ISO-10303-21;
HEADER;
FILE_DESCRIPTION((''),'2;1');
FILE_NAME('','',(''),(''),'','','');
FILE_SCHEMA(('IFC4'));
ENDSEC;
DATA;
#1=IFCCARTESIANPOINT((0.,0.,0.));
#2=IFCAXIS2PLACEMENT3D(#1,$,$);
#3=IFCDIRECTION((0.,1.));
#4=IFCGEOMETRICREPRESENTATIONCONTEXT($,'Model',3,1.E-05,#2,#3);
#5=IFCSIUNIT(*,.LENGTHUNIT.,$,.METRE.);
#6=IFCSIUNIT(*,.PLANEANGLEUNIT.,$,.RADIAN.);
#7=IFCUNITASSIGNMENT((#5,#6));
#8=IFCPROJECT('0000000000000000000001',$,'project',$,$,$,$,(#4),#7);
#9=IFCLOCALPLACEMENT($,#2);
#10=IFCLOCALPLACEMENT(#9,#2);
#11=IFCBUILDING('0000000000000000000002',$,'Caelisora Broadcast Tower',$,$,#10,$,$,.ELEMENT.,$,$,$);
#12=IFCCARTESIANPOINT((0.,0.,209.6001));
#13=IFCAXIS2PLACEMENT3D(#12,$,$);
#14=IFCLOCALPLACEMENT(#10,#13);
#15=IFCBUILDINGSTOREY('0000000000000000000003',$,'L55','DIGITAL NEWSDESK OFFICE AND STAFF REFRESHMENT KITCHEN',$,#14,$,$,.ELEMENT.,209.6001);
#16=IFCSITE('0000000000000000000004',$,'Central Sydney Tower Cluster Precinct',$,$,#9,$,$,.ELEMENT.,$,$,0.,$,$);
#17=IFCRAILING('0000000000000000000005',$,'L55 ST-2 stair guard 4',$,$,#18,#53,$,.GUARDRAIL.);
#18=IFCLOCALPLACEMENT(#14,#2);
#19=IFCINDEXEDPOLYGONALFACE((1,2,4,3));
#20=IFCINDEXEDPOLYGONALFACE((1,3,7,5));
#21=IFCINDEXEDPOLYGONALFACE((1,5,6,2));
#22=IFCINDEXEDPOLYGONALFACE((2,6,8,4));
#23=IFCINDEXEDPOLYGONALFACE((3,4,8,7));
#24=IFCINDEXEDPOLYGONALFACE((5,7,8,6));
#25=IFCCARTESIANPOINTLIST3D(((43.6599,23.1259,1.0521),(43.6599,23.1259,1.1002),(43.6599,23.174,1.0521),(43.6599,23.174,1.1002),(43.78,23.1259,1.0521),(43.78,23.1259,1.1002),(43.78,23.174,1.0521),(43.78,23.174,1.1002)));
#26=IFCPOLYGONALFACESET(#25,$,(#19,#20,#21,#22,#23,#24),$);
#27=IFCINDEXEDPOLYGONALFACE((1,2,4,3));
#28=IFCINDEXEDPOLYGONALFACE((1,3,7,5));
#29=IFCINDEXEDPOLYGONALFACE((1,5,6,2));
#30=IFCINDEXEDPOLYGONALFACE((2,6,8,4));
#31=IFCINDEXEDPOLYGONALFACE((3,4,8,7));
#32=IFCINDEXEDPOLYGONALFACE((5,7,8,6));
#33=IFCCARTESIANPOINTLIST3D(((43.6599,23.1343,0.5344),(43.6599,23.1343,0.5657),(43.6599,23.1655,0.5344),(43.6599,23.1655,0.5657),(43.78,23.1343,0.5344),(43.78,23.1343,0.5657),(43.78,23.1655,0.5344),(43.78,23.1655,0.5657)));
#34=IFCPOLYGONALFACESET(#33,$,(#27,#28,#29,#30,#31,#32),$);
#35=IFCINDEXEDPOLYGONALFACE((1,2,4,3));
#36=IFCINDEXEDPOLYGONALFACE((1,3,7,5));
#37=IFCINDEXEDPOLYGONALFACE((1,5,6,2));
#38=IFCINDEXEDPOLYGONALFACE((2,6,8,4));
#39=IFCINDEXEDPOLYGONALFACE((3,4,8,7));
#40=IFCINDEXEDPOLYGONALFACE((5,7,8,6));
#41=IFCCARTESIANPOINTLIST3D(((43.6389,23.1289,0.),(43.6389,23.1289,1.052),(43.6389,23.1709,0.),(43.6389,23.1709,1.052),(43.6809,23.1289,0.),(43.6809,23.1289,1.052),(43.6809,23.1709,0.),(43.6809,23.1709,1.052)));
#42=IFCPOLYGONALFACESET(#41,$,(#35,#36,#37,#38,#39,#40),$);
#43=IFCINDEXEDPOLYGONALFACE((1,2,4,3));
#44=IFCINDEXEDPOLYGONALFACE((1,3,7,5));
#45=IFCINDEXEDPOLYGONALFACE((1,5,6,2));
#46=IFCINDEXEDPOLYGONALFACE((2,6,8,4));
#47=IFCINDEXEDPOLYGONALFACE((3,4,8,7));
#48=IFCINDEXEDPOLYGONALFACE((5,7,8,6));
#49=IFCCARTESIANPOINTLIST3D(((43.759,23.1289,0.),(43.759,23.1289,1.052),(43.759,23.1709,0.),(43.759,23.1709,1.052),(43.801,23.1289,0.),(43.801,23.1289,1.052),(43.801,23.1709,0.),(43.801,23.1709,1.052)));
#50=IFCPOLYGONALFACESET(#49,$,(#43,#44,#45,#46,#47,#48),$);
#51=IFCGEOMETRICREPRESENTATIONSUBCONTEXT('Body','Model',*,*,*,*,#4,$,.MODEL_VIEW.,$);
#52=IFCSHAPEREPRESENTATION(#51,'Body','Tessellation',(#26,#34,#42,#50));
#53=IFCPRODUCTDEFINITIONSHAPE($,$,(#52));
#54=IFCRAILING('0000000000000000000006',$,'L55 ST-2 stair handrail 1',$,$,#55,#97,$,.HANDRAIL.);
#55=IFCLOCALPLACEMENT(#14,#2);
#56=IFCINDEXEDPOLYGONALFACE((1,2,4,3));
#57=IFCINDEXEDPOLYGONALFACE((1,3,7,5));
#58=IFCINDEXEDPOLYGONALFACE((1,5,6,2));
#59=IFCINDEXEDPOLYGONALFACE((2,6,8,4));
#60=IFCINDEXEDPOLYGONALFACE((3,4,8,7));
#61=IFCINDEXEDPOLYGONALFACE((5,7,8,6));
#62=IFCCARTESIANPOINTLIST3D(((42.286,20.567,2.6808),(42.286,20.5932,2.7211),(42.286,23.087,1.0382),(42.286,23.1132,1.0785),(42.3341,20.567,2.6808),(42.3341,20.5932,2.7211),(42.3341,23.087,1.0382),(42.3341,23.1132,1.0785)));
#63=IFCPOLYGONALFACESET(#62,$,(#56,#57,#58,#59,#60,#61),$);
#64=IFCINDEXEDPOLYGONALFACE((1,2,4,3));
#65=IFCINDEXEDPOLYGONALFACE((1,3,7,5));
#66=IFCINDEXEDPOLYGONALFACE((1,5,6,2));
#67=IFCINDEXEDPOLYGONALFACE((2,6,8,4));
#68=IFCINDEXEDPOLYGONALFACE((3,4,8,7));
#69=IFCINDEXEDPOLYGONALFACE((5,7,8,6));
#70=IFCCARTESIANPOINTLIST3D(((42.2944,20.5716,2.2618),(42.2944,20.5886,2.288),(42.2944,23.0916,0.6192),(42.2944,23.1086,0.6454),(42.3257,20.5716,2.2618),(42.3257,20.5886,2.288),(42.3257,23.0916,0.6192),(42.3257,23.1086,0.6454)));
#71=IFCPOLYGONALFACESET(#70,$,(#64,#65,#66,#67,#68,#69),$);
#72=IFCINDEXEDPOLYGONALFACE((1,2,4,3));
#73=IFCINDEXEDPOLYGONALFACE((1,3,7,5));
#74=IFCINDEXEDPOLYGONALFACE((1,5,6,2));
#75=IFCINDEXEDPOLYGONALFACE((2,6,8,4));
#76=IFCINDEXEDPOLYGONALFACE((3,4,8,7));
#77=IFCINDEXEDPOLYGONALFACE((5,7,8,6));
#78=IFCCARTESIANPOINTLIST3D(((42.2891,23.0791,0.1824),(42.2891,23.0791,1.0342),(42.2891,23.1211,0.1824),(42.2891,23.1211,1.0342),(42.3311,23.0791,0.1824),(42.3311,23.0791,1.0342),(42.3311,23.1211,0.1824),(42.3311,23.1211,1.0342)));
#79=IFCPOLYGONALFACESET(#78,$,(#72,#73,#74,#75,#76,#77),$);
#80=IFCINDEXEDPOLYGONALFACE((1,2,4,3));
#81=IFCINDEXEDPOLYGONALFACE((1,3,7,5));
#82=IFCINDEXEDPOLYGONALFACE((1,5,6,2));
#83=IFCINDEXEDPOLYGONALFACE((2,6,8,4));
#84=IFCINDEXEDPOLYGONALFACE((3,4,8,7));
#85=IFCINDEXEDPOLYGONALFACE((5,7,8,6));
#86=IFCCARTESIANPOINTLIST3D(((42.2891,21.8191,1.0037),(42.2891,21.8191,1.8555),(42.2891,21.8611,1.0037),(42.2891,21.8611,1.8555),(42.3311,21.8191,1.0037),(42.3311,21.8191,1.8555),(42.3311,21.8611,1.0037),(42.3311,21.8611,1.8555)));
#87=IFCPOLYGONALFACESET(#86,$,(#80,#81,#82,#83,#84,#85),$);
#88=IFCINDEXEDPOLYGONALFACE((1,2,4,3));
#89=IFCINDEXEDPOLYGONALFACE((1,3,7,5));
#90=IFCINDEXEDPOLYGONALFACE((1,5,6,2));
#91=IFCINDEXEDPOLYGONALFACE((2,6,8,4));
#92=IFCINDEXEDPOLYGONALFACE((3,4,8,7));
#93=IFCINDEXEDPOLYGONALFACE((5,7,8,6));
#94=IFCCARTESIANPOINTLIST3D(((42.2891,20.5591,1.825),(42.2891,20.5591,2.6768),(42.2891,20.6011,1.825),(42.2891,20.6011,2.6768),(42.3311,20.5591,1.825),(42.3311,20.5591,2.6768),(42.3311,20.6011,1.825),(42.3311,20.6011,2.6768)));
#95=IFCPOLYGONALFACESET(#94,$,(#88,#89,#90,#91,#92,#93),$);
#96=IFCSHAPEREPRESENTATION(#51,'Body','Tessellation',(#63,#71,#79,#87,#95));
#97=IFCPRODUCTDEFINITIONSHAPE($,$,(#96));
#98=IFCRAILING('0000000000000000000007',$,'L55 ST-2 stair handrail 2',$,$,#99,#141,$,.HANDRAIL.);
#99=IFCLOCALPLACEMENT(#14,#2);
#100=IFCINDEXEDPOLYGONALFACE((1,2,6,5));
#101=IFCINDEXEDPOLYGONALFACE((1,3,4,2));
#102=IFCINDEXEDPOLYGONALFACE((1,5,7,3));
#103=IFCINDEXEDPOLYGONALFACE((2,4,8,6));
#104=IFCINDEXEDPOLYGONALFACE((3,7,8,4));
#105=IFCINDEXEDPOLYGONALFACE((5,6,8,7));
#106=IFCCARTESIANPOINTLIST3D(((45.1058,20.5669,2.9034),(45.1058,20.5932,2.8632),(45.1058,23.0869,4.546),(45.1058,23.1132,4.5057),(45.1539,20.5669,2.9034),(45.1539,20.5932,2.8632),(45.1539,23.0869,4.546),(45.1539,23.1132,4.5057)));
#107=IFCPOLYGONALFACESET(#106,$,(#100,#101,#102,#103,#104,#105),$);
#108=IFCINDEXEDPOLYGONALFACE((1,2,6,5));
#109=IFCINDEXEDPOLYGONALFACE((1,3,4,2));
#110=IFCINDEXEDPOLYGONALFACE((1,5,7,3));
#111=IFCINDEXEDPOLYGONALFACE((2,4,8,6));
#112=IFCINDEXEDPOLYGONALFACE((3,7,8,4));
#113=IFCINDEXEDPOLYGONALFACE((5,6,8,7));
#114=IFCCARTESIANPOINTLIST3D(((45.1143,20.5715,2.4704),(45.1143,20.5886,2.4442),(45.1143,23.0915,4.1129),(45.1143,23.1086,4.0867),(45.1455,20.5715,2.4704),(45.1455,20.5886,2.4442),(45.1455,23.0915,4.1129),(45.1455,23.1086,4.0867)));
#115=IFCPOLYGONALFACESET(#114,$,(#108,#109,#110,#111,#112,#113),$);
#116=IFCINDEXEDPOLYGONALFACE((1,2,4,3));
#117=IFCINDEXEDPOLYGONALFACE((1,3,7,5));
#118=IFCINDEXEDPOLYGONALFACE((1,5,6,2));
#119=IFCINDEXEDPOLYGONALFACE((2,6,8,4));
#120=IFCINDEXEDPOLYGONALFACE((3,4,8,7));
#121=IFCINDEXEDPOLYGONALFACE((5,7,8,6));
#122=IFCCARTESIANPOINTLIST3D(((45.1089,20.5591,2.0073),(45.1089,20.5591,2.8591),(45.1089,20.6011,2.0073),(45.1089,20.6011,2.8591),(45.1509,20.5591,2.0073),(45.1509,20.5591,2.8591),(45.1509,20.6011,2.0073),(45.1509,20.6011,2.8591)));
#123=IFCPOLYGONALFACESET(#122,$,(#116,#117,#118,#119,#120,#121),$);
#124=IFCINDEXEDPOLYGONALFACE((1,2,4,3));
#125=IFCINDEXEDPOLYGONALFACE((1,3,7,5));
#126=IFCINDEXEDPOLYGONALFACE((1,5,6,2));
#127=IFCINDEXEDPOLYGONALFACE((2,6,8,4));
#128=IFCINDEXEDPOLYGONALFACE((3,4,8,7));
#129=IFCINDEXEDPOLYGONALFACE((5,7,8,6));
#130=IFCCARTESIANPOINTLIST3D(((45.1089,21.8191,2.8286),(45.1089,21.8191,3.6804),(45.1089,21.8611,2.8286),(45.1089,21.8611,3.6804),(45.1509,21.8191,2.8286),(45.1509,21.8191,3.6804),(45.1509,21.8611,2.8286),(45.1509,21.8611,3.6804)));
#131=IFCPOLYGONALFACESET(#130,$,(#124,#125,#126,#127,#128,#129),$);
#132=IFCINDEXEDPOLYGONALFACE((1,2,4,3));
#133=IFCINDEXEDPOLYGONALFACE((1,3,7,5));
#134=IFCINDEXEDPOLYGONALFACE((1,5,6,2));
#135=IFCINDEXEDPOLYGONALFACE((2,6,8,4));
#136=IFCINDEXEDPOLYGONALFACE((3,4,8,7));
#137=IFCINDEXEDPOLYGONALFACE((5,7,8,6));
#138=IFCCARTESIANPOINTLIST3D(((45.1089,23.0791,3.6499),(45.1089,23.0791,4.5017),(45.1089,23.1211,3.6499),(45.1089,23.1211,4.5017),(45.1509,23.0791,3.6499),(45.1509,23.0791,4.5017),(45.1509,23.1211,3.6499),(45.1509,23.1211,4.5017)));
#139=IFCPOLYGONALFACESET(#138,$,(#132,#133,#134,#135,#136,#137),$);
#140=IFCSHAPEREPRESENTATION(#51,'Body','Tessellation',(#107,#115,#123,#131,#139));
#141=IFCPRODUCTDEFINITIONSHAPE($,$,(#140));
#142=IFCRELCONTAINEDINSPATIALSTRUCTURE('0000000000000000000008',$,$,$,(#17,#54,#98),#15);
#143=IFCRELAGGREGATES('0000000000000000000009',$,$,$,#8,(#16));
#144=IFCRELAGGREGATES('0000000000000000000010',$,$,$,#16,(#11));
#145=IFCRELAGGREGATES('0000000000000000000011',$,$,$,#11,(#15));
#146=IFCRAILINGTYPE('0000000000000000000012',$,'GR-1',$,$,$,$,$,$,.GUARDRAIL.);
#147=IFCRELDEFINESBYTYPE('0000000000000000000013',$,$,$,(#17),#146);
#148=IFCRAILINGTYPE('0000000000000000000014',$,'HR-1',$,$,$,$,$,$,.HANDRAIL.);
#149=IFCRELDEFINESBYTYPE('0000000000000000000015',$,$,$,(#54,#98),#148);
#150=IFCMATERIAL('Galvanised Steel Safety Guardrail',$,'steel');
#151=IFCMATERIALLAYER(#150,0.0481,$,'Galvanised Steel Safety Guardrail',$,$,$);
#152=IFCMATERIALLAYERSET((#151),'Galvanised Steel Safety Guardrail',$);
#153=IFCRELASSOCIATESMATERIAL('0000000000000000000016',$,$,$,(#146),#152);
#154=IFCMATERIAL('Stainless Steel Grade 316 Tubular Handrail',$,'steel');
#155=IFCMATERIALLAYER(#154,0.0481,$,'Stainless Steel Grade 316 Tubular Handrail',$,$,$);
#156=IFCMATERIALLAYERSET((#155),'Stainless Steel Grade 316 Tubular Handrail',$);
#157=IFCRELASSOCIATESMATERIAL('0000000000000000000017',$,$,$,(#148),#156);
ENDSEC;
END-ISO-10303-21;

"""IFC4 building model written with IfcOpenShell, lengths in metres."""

from ifc_helpers import new_model, si_unit, direction, frame, origin, origin_2d, place, context, subcontext, project, spatial, rectangle, extrude, material, layer, layer_set, type_object, element, save


model = new_model("IFC4")

# Units and contexts
model_context = context("Model", 3, precision=1e-05, world=origin(), true_north=direction((0.0, 1.0)))
body_context = subcontext(model_context, "Body", "Model", "MODEL_VIEW")
ifc_project = project(units=[si_unit("LENGTHUNIT", "METRE"), si_unit("PLANEANGLEUNIT", "RADIAN")], contexts=[model_context])

# Site, building, storey
site_placement = place(None, origin())
site = spatial("IfcSite", under=ifc_project, at=site_placement, Name="Central Sydney Tower Cluster Precinct", CompositionType="ELEMENT", RefElevation=0.0)
building_placement = place(site_placement, origin())
building = spatial("IfcBuilding", under=site, at=building_placement, Name="Caelisora Broadcast Tower", CompositionType="ELEMENT")
storey_placement = place(building_placement, frame((0.0, 0.0, 209.6001)))
storey = spatial("IfcBuildingStorey", under=building, at=storey_placement, Name="L55", Description="DIGITAL NEWSDESK OFFICE AND STAFF REFRESHMENT KITCHEN", CompositionType="ELEMENT", Elevation=209.6001)

# Railings
ifc_material_1 = material(Name="Galvanised Steel Safety Guardrail", Category="steel")
ifc_layer_1 = layer(ifc_material_1, 0.0481, Name="Galvanised Steel Safety Guardrail")
ifc_layer_set_1 = layer_set([ifc_layer_1], Name="Galvanised Steel Safety Guardrail")
railing_type_1 = type_object("IfcRailingType", Name="GR-1", PredefinedType="GUARDRAIL", material=ifc_layer_set_1)
railing_1_placement = place(storey_placement, frame((43.6599, 23.1499, 0.0)))
element("IfcRailing", 1, at=railing_1_placement, inside=storey, type_object=railing_type_1, Name="L55 ST-2 stair guard 4", PredefinedType="GUARDRAIL", context=body_context, shape_type="SweptSolid", body=[
    extrude(rectangle(XDim=0.0481, YDim=0.0481, at=origin_2d()), frame((0.0, 0.0, 1.0762), z_axis=(1.0, 0.0, 0.0), x_axis=(0.0, 1.0, 0.0)), (0.0, 0.0, 1.0), 0.1201),
    extrude(rectangle(XDim=0.0312, YDim=0.0312, at=origin_2d()), frame((0.0, 0.0, 0.55), z_axis=(1.0, 0.0, 0.0), x_axis=(0.0, 1.0, 0.0)), (0.0, 0.0, 1.0), 0.1201),
    extrude(rectangle(XDim=0.042, YDim=0.042, at=origin_2d()), origin(), (0.0, 0.0, 1.0), 1.052),
    extrude(rectangle(XDim=0.042, YDim=0.042, at=origin_2d()), frame((0.1201, 0.0, 0.0)), (0.0, 0.0, 1.0), 1.052),
])
ifc_material_2 = material(Name="Stainless Steel Grade 316 Tubular Handrail", Category="steel")
ifc_layer_2 = layer(ifc_material_2, 0.0481, Name="Stainless Steel Grade 316 Tubular Handrail")
ifc_layer_set_2 = layer_set([ifc_layer_2], Name="Stainless Steel Grade 316 Tubular Handrail")
railing_type_2 = type_object("IfcRailingType", Name="HR-1", PredefinedType="HANDRAIL", material=ifc_layer_set_2)
railing_2_placement = place(storey_placement, frame((42.3101, 23.1001, 0.1824)))
element("IfcRailing", 2, at=railing_2_placement, inside=storey, type_object=railing_type_2, Name="L55 ST-2 stair handrail 1", PredefinedType="HANDRAIL", context=body_context, shape_type="SweptSolid", body=[
    extrude(rectangle(XDim=0.0481, YDim=0.0481, at=origin_2d()), frame((0.0, 0.0, 0.876), z_axis=(0.0, -0.837749, 0.546055), x_axis=(1.0, 0.0, 0.0)), (0.0, 0.0, 1.0), 3.0081),
    extrude(rectangle(XDim=0.0312, YDim=0.0312, at=origin_2d()), frame((0.0, 0.0, 0.45), z_axis=(0.0, -0.837749, 0.546055), x_axis=(1.0, 0.0, 0.0)), (0.0, 0.0, 1.0), 3.0081),
    extrude(rectangle(XDim=0.042, YDim=0.042, at=origin_2d()), origin(), (0.0, 0.0, 1.0), 0.8518),
    extrude(rectangle(XDim=0.042, YDim=0.042, at=origin_2d()), frame((0.0, -1.26, 0.8213)), (0.0, 0.0, 1.0), 0.8518),
    extrude(rectangle(XDim=0.042, YDim=0.042, at=origin_2d()), frame((0.0, -2.52, 1.6426)), (0.0, 0.0, 1.0), 0.8518),
])
railing_3_placement = place(storey_placement, frame((45.1299, 20.5801, 2.0073)))
element("IfcRailing", 3, at=railing_3_placement, inside=storey, type_object=railing_type_2, Name="L55 ST-2 stair handrail 2", PredefinedType="HANDRAIL", context=body_context, shape_type="SweptSolid", body=[
    extrude(rectangle(XDim=0.0481, YDim=0.0481, at=origin_2d()), frame((0.0, 0.0, 0.876), z_axis=(0.0, 0.837749, 0.546055), x_axis=(-1.0, 0.0, 0.0)), (0.0, 0.0, 1.0), 3.0081),
    extrude(rectangle(XDim=0.0312, YDim=0.0312, at=origin_2d()), frame((0.0, 0.0, 0.45), z_axis=(0.0, 0.837749, 0.546055), x_axis=(-1.0, 0.0, 0.0)), (0.0, 0.0, 1.0), 3.0081),
    extrude(rectangle(XDim=0.042, YDim=0.042, at=origin_2d()), origin(), (0.0, 0.0, 1.0), 0.8518),
    extrude(rectangle(XDim=0.042, YDim=0.042, at=origin_2d()), frame((0.0, 1.26, 0.8213)), (0.0, 0.0, 1.0), 0.8518),
    extrude(rectangle(XDim=0.042, YDim=0.042, at=origin_2d()), frame((0.0, 2.52, 1.6426)), (0.0, 0.0, 1.0), 0.8518),
])

save(model, "model.ifc")
